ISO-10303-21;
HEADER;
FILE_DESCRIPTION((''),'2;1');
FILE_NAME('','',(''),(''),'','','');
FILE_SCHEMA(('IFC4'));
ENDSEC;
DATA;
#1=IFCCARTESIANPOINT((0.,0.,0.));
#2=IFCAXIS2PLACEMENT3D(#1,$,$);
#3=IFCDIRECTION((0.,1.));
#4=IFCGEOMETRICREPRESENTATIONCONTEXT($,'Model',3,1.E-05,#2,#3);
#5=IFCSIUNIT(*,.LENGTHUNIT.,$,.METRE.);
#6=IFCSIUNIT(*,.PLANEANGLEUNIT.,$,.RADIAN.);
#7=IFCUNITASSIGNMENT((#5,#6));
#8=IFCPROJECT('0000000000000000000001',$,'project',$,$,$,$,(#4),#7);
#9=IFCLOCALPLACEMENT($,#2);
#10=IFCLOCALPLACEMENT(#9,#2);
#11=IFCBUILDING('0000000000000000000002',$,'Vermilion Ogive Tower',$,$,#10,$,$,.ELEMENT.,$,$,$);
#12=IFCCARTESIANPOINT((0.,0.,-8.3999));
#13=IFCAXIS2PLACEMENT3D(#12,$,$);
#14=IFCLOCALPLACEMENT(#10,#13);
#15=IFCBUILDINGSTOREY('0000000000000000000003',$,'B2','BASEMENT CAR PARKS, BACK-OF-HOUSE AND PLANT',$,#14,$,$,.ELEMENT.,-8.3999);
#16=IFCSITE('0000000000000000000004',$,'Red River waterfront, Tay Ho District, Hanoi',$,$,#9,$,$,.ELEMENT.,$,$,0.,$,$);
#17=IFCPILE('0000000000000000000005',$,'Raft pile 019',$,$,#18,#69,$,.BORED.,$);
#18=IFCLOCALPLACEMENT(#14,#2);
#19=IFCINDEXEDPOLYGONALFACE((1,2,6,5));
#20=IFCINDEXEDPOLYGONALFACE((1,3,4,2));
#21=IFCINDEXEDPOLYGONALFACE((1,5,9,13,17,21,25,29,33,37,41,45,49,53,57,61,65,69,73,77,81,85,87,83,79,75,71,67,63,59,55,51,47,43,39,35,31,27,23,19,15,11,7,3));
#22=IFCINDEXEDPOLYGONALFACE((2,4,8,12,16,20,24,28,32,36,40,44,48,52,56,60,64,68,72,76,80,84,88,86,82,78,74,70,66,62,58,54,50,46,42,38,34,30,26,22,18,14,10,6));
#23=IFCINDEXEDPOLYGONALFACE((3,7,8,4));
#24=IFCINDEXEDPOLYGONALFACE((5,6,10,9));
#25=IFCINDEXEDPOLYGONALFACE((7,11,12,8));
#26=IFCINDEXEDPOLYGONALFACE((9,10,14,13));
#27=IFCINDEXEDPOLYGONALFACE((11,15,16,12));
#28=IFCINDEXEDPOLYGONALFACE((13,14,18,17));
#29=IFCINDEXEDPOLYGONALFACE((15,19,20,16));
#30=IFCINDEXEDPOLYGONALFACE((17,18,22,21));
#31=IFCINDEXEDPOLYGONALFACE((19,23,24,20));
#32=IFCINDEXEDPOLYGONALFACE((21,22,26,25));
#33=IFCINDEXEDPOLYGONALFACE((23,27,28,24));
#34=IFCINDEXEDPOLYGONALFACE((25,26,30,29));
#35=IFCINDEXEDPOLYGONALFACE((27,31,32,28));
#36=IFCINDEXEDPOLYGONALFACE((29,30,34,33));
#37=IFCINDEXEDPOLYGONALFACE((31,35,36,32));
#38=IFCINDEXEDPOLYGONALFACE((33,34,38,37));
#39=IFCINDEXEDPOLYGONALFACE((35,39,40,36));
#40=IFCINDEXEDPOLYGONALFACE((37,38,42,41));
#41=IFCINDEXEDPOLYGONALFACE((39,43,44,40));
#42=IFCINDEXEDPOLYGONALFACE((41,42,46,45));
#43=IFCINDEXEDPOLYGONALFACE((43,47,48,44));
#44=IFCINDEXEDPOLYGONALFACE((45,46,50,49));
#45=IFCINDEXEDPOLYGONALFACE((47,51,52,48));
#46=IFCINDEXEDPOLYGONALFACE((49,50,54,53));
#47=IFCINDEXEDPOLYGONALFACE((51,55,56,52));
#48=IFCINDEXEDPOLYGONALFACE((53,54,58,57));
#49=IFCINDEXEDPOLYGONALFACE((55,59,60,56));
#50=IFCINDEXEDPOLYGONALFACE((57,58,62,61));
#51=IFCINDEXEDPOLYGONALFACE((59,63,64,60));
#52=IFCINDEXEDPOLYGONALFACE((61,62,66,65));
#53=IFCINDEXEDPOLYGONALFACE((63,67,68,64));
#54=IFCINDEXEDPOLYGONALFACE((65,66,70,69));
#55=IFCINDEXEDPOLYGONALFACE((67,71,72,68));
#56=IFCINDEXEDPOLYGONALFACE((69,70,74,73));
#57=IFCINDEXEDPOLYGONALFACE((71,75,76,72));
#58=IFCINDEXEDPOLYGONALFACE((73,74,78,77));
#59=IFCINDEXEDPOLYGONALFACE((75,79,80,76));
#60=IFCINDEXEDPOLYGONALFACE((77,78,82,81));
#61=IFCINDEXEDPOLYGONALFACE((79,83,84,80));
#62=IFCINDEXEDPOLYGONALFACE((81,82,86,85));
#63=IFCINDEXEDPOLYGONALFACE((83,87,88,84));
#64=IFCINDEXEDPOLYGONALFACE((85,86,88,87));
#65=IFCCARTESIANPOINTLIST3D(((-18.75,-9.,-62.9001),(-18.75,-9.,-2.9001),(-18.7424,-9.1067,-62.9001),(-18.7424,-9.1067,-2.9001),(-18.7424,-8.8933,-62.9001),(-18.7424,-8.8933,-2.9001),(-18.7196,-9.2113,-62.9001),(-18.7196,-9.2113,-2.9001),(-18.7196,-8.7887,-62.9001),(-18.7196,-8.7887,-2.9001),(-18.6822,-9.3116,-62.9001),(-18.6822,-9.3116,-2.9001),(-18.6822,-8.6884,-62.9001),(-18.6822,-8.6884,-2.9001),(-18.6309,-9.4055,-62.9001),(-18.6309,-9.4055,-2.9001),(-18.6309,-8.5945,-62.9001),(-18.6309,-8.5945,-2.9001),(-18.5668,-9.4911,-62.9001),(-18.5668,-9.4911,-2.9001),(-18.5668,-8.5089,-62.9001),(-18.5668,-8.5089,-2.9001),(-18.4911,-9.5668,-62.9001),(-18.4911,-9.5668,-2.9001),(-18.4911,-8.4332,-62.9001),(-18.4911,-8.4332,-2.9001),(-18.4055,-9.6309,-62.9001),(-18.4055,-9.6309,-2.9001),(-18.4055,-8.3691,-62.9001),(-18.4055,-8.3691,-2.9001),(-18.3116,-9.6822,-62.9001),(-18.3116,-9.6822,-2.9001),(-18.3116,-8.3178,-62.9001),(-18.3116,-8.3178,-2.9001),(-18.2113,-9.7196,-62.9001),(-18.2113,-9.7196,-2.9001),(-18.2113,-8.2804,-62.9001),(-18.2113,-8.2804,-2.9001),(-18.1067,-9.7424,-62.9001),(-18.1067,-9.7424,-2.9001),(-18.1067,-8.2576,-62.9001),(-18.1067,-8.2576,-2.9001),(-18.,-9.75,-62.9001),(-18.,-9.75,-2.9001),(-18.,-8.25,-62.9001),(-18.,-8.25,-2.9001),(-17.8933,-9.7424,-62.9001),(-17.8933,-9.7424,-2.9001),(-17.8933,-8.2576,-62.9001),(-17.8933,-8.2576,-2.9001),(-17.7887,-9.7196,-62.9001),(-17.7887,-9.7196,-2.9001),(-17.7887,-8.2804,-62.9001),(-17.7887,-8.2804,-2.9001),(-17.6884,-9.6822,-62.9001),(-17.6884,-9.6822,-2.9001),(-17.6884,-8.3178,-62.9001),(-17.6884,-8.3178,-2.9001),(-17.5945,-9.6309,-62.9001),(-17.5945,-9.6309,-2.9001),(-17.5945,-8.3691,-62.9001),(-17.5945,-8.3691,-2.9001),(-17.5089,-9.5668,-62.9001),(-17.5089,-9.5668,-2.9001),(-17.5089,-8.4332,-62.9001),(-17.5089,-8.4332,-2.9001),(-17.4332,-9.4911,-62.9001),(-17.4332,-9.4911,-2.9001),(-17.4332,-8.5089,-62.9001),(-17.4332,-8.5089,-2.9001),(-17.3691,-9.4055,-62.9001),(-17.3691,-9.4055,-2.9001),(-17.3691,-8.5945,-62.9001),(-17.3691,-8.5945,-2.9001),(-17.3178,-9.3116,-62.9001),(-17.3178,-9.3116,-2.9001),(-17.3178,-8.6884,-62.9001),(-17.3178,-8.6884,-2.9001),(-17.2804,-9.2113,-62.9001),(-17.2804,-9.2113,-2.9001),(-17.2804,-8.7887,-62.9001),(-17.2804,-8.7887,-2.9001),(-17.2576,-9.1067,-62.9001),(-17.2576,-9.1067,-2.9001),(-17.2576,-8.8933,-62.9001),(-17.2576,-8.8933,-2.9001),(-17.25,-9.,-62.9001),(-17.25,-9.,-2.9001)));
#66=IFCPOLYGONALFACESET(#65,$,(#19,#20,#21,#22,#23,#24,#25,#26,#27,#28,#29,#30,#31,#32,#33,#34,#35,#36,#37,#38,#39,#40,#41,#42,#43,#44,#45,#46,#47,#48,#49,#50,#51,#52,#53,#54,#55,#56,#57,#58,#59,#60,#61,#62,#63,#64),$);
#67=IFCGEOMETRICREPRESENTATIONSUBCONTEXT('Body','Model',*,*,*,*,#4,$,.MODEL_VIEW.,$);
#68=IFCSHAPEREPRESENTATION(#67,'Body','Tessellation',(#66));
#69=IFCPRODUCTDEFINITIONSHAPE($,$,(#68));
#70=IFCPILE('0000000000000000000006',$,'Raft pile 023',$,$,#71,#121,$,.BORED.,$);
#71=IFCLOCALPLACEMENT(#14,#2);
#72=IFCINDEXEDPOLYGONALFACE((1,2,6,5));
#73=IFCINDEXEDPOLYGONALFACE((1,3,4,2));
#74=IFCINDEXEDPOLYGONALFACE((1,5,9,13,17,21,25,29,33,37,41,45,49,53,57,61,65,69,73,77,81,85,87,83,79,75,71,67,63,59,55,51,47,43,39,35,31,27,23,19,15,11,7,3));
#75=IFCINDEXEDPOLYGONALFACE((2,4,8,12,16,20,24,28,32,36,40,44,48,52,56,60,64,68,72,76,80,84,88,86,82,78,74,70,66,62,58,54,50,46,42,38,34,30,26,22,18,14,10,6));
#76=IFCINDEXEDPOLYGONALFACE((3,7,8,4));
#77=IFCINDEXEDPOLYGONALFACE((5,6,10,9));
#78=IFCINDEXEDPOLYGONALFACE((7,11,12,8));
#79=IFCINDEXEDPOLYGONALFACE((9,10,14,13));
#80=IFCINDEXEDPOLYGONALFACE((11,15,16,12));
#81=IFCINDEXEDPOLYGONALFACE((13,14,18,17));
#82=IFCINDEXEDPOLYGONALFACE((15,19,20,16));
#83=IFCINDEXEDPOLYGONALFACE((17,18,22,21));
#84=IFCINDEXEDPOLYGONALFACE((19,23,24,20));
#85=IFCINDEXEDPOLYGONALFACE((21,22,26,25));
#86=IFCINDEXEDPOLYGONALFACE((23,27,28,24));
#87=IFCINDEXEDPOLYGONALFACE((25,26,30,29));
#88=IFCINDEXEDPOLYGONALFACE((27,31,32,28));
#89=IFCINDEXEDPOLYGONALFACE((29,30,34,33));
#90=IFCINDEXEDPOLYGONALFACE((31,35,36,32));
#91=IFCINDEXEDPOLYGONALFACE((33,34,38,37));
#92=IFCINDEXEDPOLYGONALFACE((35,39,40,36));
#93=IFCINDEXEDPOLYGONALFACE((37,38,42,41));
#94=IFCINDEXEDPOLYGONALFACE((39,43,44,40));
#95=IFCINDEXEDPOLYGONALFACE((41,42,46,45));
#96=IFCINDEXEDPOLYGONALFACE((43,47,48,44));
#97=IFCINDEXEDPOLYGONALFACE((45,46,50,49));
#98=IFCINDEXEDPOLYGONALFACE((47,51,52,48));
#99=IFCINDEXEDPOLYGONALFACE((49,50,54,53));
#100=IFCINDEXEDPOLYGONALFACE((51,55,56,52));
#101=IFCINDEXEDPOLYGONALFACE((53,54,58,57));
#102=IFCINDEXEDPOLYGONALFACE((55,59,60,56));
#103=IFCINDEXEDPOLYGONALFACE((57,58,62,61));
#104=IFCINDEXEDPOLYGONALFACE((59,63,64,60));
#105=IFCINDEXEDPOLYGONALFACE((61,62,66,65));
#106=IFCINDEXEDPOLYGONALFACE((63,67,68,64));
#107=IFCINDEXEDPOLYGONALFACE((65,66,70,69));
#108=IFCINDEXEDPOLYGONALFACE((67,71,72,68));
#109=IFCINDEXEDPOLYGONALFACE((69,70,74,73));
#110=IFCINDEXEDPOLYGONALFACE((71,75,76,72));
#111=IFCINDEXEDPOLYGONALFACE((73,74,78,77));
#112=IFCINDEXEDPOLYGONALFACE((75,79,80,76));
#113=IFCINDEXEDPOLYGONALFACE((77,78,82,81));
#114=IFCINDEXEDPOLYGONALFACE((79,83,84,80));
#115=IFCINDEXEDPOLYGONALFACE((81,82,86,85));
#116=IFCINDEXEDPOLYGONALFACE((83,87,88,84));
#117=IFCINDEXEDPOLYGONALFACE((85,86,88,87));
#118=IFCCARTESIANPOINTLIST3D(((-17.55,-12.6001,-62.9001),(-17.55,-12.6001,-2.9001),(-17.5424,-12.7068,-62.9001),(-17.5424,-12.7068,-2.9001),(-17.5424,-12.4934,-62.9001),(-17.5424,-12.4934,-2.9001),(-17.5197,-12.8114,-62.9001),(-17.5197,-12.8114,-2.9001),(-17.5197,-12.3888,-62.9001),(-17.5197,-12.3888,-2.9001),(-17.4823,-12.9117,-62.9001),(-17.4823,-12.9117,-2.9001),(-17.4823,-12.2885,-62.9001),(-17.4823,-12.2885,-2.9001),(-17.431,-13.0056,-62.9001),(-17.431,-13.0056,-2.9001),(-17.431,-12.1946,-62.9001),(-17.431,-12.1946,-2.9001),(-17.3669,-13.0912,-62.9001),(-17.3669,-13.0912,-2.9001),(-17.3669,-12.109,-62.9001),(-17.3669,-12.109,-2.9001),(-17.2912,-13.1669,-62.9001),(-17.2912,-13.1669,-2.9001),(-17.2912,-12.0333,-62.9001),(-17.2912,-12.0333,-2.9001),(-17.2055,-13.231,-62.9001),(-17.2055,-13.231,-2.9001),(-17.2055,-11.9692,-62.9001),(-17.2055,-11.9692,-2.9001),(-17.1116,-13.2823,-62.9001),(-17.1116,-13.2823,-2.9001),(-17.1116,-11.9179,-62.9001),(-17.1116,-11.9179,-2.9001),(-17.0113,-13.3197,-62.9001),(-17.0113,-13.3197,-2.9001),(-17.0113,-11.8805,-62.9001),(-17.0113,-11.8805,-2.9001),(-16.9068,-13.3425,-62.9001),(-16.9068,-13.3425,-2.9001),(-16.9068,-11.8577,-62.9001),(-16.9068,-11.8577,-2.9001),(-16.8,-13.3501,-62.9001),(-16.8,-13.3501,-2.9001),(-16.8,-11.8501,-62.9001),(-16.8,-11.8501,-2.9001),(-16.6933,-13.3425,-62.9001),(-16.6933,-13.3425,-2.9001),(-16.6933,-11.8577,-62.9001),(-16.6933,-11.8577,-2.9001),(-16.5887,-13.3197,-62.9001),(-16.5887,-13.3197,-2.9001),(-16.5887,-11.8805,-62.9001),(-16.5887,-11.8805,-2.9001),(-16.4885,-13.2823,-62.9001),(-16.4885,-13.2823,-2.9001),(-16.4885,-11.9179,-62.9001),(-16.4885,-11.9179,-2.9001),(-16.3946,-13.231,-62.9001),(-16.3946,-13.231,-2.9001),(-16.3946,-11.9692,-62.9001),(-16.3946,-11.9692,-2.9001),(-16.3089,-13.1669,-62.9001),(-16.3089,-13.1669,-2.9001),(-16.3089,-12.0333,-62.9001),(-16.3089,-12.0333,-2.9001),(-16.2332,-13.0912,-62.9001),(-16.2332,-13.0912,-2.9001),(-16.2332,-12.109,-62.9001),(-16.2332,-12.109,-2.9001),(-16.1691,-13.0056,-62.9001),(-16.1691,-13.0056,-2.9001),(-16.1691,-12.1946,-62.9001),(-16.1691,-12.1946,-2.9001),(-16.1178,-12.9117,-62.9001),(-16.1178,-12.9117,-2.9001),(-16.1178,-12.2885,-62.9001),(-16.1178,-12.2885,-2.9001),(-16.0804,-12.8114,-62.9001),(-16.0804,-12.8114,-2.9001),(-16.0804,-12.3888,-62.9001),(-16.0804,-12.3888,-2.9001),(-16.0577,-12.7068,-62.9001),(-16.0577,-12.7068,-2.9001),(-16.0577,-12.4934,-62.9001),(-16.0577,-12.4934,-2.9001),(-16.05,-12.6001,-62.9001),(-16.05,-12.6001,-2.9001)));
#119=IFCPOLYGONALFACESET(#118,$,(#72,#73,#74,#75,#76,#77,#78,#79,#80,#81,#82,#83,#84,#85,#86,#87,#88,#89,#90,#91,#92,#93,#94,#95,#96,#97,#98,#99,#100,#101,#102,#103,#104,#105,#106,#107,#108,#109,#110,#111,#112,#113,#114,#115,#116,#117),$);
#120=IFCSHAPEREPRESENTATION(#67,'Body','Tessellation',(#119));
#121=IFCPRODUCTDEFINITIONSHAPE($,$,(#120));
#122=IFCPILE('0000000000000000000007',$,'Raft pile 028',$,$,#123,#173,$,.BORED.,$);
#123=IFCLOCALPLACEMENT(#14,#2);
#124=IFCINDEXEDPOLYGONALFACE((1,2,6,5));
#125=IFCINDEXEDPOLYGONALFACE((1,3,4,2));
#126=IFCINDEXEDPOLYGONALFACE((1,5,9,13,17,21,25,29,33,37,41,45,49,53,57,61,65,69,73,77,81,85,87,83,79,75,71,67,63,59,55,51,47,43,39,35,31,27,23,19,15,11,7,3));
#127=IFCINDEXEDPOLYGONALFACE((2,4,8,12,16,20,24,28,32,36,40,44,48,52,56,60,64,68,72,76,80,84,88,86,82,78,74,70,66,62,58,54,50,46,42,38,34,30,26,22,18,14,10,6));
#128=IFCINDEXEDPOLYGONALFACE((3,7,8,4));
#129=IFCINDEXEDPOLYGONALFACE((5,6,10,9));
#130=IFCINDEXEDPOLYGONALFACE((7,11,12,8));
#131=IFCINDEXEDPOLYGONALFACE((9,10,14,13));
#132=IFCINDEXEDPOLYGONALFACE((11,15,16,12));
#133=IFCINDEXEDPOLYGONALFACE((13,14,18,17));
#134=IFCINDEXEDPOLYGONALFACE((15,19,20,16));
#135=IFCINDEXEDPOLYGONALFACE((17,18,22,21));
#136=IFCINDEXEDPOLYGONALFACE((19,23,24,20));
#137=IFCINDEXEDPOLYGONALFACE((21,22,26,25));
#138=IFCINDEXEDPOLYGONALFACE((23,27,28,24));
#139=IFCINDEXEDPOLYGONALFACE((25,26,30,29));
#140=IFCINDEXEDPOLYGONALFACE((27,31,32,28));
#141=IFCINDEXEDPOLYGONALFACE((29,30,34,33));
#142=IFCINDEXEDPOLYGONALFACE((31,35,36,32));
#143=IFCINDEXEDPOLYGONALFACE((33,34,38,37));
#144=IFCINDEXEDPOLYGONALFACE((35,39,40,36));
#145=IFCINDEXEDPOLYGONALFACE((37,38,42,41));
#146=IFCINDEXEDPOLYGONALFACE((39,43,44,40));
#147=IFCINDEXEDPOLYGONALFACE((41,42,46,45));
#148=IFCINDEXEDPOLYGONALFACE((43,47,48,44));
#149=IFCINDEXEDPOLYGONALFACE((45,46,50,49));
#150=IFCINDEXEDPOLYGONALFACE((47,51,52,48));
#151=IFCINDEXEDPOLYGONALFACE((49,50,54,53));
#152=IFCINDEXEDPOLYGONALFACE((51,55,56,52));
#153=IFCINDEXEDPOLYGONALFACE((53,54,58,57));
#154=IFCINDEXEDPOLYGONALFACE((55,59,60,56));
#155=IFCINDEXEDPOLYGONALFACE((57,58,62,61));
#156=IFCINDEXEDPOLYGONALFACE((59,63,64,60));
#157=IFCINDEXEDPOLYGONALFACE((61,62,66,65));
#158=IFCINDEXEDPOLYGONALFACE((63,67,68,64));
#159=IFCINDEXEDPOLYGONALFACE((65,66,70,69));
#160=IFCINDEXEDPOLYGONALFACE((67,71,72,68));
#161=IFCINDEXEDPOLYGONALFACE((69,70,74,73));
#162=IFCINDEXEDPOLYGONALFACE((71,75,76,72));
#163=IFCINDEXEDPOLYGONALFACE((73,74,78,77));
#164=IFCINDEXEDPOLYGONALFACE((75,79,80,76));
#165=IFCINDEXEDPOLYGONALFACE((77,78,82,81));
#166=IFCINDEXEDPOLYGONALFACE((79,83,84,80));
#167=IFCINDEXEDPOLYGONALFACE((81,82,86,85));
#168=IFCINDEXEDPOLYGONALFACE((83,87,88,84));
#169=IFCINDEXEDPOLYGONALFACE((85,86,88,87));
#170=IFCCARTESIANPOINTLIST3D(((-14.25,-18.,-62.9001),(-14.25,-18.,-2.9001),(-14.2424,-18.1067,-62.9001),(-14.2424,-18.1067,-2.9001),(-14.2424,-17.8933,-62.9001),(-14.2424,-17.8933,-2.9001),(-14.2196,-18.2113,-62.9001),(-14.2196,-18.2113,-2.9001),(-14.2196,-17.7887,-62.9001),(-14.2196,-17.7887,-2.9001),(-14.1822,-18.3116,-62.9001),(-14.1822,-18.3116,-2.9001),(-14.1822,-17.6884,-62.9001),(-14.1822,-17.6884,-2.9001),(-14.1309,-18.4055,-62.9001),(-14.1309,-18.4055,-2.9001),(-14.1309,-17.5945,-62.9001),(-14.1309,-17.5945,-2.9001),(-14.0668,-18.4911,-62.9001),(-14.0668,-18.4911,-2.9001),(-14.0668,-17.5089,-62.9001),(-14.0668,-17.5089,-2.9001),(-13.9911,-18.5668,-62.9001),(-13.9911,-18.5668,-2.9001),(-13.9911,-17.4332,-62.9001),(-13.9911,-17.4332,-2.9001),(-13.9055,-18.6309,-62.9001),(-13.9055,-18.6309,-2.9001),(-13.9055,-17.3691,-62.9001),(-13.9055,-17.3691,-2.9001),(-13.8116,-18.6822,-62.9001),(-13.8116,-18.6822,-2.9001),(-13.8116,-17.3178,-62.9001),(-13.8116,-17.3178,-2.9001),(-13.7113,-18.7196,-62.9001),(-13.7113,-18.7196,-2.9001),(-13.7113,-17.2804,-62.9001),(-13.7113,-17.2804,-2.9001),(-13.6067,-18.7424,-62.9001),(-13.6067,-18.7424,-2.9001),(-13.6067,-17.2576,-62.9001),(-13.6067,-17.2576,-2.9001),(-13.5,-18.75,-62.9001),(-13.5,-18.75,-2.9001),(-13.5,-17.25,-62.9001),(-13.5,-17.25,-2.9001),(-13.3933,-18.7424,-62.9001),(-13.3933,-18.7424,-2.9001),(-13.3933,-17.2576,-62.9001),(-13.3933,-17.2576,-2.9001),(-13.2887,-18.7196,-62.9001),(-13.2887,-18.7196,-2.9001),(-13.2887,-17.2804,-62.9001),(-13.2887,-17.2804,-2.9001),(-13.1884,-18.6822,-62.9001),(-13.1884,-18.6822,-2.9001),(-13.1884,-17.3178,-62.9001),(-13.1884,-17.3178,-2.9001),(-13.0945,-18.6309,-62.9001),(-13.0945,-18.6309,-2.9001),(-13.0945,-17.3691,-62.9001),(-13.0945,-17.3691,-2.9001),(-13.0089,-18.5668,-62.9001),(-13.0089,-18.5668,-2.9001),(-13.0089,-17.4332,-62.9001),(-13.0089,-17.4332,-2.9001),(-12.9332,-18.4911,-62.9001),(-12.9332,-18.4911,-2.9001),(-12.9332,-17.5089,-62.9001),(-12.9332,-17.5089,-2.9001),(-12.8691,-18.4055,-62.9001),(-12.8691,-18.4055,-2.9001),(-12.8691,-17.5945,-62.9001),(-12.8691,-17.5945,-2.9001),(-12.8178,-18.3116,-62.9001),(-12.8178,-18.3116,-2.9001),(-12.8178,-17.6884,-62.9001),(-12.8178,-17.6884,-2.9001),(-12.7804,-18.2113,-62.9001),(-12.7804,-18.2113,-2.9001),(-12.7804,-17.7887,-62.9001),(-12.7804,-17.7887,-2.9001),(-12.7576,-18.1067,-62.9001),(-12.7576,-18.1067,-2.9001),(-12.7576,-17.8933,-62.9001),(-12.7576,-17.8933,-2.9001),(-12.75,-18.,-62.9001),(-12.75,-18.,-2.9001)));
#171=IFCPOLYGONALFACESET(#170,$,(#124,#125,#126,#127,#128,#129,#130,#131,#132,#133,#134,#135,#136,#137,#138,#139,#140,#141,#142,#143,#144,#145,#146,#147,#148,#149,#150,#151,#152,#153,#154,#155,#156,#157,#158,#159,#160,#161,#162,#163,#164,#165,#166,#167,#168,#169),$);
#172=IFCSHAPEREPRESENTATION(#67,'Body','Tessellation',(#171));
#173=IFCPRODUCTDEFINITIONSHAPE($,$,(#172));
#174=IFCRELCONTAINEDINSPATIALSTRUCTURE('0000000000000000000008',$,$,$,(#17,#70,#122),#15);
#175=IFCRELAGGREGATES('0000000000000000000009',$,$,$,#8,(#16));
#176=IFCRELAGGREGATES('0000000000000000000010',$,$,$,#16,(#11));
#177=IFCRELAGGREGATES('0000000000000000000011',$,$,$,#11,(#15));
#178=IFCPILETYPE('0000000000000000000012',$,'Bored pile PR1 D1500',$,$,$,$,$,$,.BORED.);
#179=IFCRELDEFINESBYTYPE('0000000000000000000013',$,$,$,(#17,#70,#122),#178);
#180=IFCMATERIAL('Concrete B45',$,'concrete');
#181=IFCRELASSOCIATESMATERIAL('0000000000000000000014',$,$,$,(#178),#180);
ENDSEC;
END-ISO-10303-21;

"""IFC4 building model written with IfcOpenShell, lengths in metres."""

from ifc_helpers import new_model, si_unit, direction, frame, origin, origin_2d, place, context, subcontext, project, spatial, circle, extrude, material, type_object, element, save


model = new_model("IFC4")

# Units and contexts
model_context = context("Model", 3, precision=1e-05, world=origin(), true_north=direction((0.0, 1.0)))
body_context = subcontext(model_context, "Body", "Model", "MODEL_VIEW")
ifc_project = project(units=[si_unit("LENGTHUNIT", "METRE"), si_unit("PLANEANGLEUNIT", "RADIAN")], contexts=[model_context])

# Site, building, storey
site_placement = place(None, origin())
site = spatial("IfcSite", under=ifc_project, at=site_placement, Name="Red River waterfront, Tay Ho District, Hanoi", CompositionType="ELEMENT", RefElevation=0.0)
building_placement = place(site_placement, origin())
building = spatial("IfcBuilding", under=site, at=building_placement, Name="Vermilion Ogive Tower", CompositionType="ELEMENT")
storey_placement = place(building_placement, frame((0.0, 0.0, -8.3999)))
storey = spatial("IfcBuildingStorey", under=building, at=storey_placement, Name="B2", Description="BASEMENT CAR PARKS, BACK-OF-HOUSE AND PLANT", CompositionType="ELEMENT", Elevation=-8.3999)

# Piles
ifc_material_1 = material(Name="Concrete B45", Category="concrete")
pile_type = type_object("IfcPileType", Name="Bored pile PR1 D1500", PredefinedType="BORED", material=ifc_material_1)
for number, where, z_axis, x_axis, name in (
    (1, (-18.0, -9.0, -2.9001), (0.0, 0.0, -1.0), (1.0, 0.0, 0.0), "Raft pile 019"),
    (2, (-16.8, -12.6001, -2.9001), (0.0, 0.0, -1.0), (1.0, 0.0, 0.0), "Raft pile 023"),
    (3, (-13.5, -18.0, -2.9001), (0.0, 0.0, -1.0), (1.0, 0.0, 0.0), "Raft pile 028"),
):
    element("IfcPile", number, at=place(storey_placement, frame(where, z_axis=z_axis, x_axis=x_axis)), inside=storey, type_object=pile_type, Name=name, PredefinedType="BORED", context=body_context, shape_type="SweptSolid", body=[
        extrude(circle(Radius=0.75, at=origin_2d()), origin(), (0.0, 0.0, 1.0), 60.0),
    ])

save(model, "model.ifc")
